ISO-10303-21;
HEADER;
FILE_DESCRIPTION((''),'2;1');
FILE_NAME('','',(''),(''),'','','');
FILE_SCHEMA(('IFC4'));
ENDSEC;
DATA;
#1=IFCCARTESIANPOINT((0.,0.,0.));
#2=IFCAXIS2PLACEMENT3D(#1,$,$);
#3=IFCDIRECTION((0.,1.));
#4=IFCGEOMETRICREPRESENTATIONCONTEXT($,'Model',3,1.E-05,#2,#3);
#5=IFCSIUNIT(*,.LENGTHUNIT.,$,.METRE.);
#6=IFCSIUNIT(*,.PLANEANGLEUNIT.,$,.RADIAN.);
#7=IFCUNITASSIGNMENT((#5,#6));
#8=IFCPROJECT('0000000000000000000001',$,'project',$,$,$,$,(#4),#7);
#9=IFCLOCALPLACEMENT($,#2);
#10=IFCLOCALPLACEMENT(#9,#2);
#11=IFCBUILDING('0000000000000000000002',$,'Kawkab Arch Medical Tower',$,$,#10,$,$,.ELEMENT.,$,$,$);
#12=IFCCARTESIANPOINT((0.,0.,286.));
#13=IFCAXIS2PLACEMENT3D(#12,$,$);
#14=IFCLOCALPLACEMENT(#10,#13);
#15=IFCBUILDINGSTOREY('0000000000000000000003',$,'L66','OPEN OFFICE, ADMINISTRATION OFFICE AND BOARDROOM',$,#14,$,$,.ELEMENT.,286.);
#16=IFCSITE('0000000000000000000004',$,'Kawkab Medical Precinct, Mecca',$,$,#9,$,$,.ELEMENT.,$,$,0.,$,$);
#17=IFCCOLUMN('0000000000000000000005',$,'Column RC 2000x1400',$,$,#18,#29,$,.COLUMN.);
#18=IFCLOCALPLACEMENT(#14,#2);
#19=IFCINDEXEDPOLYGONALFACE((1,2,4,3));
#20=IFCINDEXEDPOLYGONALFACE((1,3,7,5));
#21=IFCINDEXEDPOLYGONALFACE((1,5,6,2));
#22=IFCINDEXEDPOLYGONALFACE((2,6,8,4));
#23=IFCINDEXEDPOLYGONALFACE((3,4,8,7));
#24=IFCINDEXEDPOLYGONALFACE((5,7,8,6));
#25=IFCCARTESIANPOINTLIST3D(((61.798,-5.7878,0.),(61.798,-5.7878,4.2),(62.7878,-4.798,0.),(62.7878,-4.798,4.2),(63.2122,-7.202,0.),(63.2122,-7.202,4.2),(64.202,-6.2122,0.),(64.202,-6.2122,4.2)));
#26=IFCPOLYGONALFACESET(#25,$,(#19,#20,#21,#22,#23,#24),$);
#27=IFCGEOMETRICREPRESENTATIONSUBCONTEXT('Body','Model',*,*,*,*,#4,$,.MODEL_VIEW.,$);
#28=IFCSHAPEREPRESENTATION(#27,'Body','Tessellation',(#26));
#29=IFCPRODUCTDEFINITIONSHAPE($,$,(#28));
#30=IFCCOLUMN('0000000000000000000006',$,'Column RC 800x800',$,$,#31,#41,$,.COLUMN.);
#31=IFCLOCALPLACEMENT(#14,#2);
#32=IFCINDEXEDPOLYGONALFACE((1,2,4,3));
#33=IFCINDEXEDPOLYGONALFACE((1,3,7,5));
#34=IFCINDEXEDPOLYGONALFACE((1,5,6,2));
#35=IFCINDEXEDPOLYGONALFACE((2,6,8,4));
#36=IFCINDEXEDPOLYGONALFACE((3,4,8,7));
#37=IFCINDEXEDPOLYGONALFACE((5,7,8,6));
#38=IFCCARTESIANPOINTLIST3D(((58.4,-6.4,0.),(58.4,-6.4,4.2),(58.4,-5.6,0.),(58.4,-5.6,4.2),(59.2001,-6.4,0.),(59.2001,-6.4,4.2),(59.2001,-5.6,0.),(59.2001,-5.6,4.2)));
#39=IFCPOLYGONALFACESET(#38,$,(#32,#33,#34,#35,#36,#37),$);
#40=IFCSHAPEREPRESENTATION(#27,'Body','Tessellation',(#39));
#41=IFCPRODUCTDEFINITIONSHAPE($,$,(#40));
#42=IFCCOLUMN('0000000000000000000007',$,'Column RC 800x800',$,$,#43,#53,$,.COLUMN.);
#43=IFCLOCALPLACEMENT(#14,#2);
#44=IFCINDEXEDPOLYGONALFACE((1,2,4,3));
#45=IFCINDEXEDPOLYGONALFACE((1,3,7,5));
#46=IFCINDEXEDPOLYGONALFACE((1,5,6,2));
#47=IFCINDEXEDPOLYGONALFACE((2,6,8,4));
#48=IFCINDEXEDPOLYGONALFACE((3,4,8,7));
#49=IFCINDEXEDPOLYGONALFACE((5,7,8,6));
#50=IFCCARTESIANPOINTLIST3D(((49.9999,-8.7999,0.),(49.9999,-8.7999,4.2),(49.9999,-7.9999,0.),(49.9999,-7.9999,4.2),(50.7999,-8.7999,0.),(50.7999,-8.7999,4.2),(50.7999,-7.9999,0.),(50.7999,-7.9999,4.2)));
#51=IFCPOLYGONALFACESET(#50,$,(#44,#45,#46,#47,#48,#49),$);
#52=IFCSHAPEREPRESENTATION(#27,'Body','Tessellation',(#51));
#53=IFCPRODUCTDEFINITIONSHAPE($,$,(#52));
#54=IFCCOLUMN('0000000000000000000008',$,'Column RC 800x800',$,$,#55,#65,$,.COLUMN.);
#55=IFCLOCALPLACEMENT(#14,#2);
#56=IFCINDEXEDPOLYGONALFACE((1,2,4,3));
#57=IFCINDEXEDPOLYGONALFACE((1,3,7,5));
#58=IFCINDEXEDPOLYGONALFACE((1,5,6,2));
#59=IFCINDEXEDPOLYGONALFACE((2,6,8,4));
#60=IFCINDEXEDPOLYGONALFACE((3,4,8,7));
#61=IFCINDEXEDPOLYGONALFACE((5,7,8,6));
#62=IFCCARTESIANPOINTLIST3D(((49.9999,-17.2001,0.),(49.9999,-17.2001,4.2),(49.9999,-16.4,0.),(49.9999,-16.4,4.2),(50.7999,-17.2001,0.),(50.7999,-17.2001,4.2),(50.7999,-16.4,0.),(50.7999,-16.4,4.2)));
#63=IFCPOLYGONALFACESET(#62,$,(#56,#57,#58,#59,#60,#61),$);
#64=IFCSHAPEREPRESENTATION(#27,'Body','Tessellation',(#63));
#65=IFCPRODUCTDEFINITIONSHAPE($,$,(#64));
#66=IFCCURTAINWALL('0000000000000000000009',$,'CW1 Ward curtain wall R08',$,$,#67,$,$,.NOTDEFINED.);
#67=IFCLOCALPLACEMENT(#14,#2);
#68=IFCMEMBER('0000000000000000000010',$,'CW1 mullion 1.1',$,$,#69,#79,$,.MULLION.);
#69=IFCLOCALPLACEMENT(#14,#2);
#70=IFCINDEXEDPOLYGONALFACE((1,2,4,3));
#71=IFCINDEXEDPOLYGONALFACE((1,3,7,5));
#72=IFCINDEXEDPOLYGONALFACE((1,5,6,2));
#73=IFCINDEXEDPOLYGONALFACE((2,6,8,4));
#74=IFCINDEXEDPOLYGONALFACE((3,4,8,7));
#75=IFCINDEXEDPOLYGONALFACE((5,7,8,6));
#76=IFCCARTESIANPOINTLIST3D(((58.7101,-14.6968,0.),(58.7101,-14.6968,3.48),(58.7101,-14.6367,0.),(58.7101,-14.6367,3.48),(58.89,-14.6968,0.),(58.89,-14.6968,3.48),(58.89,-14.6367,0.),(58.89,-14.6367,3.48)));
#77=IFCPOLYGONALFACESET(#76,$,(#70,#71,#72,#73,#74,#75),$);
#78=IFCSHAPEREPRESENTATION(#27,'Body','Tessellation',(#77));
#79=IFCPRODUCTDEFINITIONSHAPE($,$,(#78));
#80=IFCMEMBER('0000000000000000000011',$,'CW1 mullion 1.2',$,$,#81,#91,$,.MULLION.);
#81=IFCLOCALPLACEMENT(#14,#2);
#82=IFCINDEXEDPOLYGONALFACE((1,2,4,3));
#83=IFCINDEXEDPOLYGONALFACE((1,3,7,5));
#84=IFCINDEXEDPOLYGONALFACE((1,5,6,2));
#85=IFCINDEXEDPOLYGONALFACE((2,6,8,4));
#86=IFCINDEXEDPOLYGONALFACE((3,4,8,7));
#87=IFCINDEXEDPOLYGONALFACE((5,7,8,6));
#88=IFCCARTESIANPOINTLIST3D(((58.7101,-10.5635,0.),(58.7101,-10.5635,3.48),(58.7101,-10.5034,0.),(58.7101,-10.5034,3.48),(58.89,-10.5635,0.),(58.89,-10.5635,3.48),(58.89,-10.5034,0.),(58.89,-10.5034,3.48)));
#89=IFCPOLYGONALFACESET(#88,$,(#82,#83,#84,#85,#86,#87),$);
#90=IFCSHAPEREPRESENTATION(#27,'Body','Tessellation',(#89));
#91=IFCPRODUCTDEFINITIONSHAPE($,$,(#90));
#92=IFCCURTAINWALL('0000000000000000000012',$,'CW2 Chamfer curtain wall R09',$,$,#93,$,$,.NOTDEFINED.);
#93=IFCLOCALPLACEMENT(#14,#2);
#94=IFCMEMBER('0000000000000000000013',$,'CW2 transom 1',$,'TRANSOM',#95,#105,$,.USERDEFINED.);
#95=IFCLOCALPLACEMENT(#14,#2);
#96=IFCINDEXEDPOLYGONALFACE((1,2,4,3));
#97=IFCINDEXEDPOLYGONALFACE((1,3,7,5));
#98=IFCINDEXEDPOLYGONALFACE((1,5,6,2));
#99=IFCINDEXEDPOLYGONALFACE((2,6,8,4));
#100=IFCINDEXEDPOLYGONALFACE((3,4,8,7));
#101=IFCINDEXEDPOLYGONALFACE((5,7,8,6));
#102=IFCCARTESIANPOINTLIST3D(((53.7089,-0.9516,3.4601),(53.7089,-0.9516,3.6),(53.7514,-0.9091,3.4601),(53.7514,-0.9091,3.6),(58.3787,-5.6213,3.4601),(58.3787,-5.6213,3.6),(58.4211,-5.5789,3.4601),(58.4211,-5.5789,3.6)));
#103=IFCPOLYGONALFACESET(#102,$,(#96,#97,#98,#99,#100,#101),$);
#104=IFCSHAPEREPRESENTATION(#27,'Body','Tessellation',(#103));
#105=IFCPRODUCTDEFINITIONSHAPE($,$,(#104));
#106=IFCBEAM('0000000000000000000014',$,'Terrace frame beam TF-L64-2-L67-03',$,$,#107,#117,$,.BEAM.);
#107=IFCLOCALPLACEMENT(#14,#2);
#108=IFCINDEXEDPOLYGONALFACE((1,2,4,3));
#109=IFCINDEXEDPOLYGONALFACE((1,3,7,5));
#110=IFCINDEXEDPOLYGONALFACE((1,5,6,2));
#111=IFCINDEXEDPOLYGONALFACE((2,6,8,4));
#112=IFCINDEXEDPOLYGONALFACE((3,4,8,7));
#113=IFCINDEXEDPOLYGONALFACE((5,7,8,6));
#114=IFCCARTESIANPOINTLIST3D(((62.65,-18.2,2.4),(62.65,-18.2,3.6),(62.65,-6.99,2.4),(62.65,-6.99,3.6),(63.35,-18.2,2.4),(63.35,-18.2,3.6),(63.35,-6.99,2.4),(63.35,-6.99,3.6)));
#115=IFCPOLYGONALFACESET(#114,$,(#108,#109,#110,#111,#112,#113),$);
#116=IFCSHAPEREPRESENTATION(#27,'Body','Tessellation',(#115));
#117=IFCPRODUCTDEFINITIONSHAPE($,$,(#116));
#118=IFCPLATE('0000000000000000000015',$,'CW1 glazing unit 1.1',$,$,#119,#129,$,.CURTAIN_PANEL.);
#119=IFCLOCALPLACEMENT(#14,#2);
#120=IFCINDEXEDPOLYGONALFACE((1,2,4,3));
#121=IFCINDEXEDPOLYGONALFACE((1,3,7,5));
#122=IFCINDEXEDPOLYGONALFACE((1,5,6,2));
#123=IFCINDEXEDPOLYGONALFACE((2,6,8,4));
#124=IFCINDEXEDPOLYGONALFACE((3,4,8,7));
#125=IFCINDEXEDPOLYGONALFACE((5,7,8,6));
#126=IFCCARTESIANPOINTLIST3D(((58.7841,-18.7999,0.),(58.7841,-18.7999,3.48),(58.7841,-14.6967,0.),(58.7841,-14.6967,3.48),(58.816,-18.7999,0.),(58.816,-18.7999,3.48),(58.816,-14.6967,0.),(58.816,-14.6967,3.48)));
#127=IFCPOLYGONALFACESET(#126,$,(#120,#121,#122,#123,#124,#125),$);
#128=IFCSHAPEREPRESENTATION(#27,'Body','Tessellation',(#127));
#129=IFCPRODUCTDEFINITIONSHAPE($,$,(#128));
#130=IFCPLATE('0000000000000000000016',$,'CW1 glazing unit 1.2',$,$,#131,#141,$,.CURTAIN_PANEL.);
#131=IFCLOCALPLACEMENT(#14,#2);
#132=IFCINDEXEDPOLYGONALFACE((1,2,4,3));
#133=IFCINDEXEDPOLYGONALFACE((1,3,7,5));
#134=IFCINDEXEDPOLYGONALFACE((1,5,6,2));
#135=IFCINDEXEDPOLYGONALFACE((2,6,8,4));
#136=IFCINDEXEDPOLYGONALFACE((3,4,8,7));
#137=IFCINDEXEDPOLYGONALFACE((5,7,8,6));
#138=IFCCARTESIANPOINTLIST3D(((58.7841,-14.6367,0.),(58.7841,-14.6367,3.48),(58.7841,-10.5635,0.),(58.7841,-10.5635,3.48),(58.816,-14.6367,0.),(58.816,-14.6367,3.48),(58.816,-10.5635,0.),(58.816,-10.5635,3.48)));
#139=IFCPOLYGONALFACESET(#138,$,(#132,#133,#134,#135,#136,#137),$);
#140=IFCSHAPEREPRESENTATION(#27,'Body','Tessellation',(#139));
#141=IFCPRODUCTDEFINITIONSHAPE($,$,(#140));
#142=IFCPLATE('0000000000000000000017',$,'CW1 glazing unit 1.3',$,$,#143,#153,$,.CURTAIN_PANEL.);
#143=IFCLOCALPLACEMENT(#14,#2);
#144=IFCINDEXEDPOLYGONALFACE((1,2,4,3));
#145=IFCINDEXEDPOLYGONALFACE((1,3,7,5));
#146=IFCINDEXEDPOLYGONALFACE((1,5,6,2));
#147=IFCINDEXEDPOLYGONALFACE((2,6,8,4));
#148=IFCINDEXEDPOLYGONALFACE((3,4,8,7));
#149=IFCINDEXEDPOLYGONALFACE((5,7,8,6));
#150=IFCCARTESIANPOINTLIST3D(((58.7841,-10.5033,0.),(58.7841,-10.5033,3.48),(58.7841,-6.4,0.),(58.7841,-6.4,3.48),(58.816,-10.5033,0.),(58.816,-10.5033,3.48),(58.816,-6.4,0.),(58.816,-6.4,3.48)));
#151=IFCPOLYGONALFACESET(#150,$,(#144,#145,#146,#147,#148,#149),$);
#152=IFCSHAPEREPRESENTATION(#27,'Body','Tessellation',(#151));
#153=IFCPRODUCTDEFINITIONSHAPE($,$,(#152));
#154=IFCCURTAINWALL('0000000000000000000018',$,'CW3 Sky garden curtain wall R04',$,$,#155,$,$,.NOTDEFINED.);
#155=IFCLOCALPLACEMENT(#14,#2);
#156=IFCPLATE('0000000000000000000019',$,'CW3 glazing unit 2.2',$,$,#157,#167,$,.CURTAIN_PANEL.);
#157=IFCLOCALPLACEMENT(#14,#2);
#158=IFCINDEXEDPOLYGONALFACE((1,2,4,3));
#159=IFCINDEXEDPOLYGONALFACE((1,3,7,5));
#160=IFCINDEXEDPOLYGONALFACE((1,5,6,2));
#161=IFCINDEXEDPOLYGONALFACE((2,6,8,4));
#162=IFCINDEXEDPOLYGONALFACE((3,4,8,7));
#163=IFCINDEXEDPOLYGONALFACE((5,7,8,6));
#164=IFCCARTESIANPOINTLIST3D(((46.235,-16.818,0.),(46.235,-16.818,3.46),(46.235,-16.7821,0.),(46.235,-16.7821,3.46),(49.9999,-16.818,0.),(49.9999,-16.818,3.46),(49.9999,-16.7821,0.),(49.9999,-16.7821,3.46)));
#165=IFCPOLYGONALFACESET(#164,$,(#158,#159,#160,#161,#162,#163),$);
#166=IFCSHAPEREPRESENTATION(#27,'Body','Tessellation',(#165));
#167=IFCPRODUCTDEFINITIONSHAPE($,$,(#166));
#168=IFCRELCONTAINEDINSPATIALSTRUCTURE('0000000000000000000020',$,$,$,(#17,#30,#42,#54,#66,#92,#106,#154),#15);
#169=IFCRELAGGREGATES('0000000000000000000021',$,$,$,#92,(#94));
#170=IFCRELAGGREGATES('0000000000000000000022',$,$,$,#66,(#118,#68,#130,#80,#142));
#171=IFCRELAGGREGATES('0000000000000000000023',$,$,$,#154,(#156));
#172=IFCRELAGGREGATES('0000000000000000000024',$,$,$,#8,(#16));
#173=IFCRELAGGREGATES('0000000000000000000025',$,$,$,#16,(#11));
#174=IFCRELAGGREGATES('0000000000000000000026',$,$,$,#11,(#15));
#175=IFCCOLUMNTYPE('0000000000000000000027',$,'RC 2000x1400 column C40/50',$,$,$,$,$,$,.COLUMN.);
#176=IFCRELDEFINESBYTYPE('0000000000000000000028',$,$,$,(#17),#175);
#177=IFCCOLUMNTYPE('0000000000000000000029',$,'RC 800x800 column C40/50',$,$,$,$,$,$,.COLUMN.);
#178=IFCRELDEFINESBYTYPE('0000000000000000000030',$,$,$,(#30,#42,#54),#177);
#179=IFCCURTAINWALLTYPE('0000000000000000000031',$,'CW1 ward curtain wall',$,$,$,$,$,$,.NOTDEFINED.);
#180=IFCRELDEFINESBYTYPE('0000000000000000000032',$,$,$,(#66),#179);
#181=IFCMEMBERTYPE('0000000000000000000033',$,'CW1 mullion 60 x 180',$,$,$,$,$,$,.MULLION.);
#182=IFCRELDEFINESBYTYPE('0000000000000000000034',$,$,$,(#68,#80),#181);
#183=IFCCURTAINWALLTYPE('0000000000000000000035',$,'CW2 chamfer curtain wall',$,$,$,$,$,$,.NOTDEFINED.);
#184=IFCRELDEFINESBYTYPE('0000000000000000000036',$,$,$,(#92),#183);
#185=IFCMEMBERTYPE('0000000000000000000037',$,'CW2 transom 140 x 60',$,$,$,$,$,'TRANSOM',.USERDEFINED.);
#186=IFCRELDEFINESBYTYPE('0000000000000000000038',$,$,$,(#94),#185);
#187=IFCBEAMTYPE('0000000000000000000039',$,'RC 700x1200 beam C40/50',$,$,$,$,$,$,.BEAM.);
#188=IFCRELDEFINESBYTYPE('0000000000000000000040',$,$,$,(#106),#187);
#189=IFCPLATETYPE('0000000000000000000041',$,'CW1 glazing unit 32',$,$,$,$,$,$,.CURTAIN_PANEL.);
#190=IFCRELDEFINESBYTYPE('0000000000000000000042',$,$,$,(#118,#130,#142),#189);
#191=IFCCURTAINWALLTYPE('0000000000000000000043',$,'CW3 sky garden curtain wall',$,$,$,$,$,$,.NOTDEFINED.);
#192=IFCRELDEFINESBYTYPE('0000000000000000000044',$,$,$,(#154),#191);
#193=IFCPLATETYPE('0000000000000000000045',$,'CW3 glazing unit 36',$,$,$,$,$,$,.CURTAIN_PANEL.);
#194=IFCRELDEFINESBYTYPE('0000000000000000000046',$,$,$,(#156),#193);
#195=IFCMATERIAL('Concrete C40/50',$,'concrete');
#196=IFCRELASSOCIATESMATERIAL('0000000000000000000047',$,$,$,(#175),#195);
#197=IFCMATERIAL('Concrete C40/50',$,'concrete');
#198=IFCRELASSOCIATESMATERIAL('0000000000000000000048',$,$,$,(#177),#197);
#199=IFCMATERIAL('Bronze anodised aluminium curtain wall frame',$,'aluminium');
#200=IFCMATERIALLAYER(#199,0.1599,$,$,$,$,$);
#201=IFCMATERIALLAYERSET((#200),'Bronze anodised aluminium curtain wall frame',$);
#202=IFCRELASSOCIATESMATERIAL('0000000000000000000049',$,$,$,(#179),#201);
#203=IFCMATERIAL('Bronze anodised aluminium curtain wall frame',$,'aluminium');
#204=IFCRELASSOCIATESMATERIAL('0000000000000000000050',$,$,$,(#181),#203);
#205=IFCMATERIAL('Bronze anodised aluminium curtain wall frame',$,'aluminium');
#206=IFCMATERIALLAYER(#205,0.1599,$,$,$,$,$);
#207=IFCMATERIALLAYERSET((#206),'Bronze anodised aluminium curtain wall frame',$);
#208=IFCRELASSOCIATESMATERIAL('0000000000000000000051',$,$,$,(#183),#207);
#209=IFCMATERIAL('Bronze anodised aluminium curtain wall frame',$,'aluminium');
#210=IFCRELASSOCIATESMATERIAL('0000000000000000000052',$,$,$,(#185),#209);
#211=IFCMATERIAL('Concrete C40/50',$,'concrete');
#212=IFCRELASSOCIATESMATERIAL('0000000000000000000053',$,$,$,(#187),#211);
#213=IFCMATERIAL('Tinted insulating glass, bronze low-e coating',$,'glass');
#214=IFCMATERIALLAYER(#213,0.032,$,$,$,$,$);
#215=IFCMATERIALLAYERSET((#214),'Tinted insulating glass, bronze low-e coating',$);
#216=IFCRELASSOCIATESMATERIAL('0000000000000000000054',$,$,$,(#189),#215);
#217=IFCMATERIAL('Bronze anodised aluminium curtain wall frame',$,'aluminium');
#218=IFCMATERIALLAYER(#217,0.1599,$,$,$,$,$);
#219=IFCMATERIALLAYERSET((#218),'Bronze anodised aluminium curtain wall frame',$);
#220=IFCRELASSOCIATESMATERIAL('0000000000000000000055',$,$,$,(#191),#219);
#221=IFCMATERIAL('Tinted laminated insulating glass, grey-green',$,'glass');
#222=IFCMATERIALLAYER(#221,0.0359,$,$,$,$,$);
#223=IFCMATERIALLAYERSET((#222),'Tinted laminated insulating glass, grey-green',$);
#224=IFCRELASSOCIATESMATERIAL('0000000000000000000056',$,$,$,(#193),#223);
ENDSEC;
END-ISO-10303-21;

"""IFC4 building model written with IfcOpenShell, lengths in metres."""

from ifc_helpers import new_model, si_unit, direction, frame, origin, origin_2d, place, context, subcontext, project, spatial, rectangle, extrude, material, layer, layer_set, material_profile, profile_set, type_object, element, aggregate, save


model = new_model("IFC4")

# Units and contexts
model_context = context("Model", 3, precision=1e-05, world=origin(), true_north=direction((0.0, 1.0)))
body_context = subcontext(model_context, "Body", "Model", "MODEL_VIEW")
ifc_project = project(units=[si_unit("LENGTHUNIT", "METRE"), si_unit("PLANEANGLEUNIT", "RADIAN")], contexts=[model_context])

# Site, building, storey
site_placement = place(None, origin())
site = spatial("IfcSite", under=ifc_project, at=site_placement, Name="Kawkab Medical Precinct, Mecca", CompositionType="ELEMENT", RefElevation=0.0)
building_placement = place(site_placement, origin())
building = spatial("IfcBuilding", under=site, at=building_placement, Name="Kawkab Arch Medical Tower", CompositionType="ELEMENT")
storey_placement = place(building_placement, frame((0.0, 0.0, 286.0)))
storey = spatial("IfcBuildingStorey", under=building, at=storey_placement, Name="L66", Description="OPEN OFFICE, ADMINISTRATION OFFICE AND BOARDROOM", CompositionType="ELEMENT", Elevation=286.0)

# Columns
ifc_material_1 = material(Name="Concrete C40/50", Category="concrete")
ifc_material_profile_1 = material_profile(ifc_material_1, rectangle(XDim=2.0, YDim=1.3999, at=origin_2d()), Name="RC 2000x1400")
ifc_profile_set_1 = profile_set([ifc_material_profile_1], Name="Concrete C40/50")
column_type_1 = type_object("IfcColumnType", Name="RC 2000x1400 column C40/50", PredefinedType="COLUMN", material=ifc_profile_set_1)
column_placement = place(storey_placement, frame((63.0, -6.0, 0.0), z_axis=(0.0, 0.0, 1.0), x_axis=(0.707107, -0.707107, 0.0)))
element("IfcColumn", 1, at=column_placement, inside=storey, type_object=column_type_1, Name="Column RC 2000x1400", PredefinedType="COLUMN", context=body_context, shape_type="SweptSolid", body=[
    extrude(rectangle(XDim=2.0, YDim=1.3999, at=origin_2d()), origin(), (0.0, 0.0, 1.0), 4.2),
])
ifc_material_2 = material(Name="Concrete C40/50", Category="concrete")
ifc_material_profile_2 = material_profile(ifc_material_2, rectangle(XDim=0.8, YDim=0.8, at=origin_2d()), Name="RC 800x800")
ifc_profile_set_2 = profile_set([ifc_material_profile_2], Name="Concrete C40/50")
column_type_2 = type_object("IfcColumnType", Name="RC 800x800 column C40/50", PredefinedType="COLUMN", material=ifc_profile_set_2)
for number, where, z_axis, x_axis, name in (
    (2, (58.8, -6.0, 0.0), (0.0, 0.0, 1.0), (1.0, 0.0, 0.0), "Column RC 800x800"),
    (3, (50.3999, -8.3999, 0.0), (0.0, 0.0, 1.0), (1.0, 0.0, 0.0), "Column RC 800x800"),
    (4, (50.3999, -16.8, 0.0), (0.0, 0.0, 1.0), (1.0, 0.0, 0.0), "Column RC 800x800"),
):
    element("IfcColumn", number, at=place(storey_placement, frame(where, z_axis=z_axis, x_axis=x_axis)), inside=storey, type_object=column_type_2, Name=name, PredefinedType="COLUMN", context=body_context, shape_type="SweptSolid", body=[
        extrude(rectangle(XDim=0.8, YDim=0.8, at=origin_2d()), origin(), (0.0, 0.0, 1.0), 4.2),
    ])

# Curtain wall, members
ifc_material_3 = material(Name="Bronze anodised aluminium curtain wall frame", Category="aluminium")
ifc_layer_1 = layer(ifc_material_3, 0.1599)
ifc_layer_set_1 = layer_set([ifc_layer_1], Name="Bronze anodised aluminium curtain wall frame")
curtain_wall_type_1 = type_object("IfcCurtainWallType", Name="CW1 ward curtain wall", PredefinedType="NOTDEFINED", material=ifc_layer_set_1)
placement = place(storey_placement, origin())
curtain_wall_1 = element("IfcCurtainWall", 5, at=placement, inside=storey, type_object=curtain_wall_type_1, Name="CW1 Ward curtain wall R08", PredefinedType="NOTDEFINED")
ifc_material_4 = material(Name="Bronze anodised aluminium curtain wall frame", Category="aluminium")
ifc_material_profile_3 = material_profile(ifc_material_4, rectangle(XDim=0.1799, YDim=0.0601, at=origin_2d()), Name="AL 60x180")
ifc_profile_set_3 = profile_set([ifc_material_profile_3], Name="Bronze anodised aluminium curtain wall frame")
member_type_1 = type_object("IfcMemberType", Name="CW1 mullion 60 x 180", PredefinedType="MULLION", material=ifc_profile_set_3)
member_1_placement = place(storey_placement, frame((58.8, -14.6667, 0.0), z_axis=(0.0, 0.0, 1.0), x_axis=(-1.0, 0.0, 0.0)))
member_1 = element("IfcMember", 6, at=member_1_placement, type_object=member_type_1, Name="CW1 mullion 1.1", PredefinedType="MULLION", context=body_context, shape_type="SweptSolid", body=[
    extrude(rectangle(XDim=0.1799, YDim=0.0601, at=origin_2d()), origin(), (0.0, 0.0, 1.0), 3.48),
])
member_2_placement = place(storey_placement, frame((58.8, -10.5334, 0.0), z_axis=(0.0, 0.0, 1.0), x_axis=(-1.0, 0.0, 0.0)))
member_2 = element("IfcMember", 7, at=member_2_placement, type_object=member_type_1, Name="CW1 mullion 1.2", PredefinedType="MULLION", context=body_context, shape_type="SweptSolid", body=[
    extrude(rectangle(XDim=0.1799, YDim=0.0601, at=origin_2d()), origin(), (0.0, 0.0, 1.0), 3.48),
])

# Curtain wall, member
ifc_material_5 = material(Name="Bronze anodised aluminium curtain wall frame", Category="aluminium")
ifc_layer_2 = layer(ifc_material_5, 0.1599)
ifc_layer_set_2 = layer_set([ifc_layer_2], Name="Bronze anodised aluminium curtain wall frame")
curtain_wall_type_2 = type_object("IfcCurtainWallType", Name="CW2 chamfer curtain wall", PredefinedType="NOTDEFINED", material=ifc_layer_set_2)
curtain_wall_2 = element("IfcCurtainWall", 8, at=placement, inside=storey, type_object=curtain_wall_type_2, Name="CW2 Chamfer curtain wall R09", PredefinedType="NOTDEFINED")
ifc_material_6 = material(Name="Bronze anodised aluminium curtain wall frame", Category="aluminium")
ifc_material_profile_4 = material_profile(ifc_material_6, rectangle(XDim=0.0601, YDim=0.1399, at=origin_2d()), Name="AL 60x140")
ifc_profile_set_4 = profile_set([ifc_material_profile_4], Name="Bronze anodised aluminium curtain wall frame")
member_type_2 = type_object("IfcMemberType", Name="CW2 transom 140 x 60", ElementType="TRANSOM", PredefinedType="USERDEFINED", material=ifc_profile_set_4)
member_3_placement = place(storey_placement, frame((58.3999, -5.6001, 3.53), z_axis=(-0.707107, 0.707107, 0.0), x_axis=(-0.707107, -0.707107, 0.0)))
member_3 = element("IfcMember", 9, at=member_3_placement, type_object=member_type_2, Name="CW2 transom 1", ObjectType="TRANSOM", PredefinedType="USERDEFINED", context=body_context, shape_type="SweptSolid", body=[
    extrude(rectangle(XDim=0.0601, YDim=0.1399, at=origin_2d()), origin(), (0.0, 0.0, 1.0), 6.604),
])
aggregate(curtain_wall_2, [member_3])

# Beam
ifc_material_7 = material(Name="Concrete C40/50", Category="concrete")
ifc_material_profile_5 = material_profile(ifc_material_7, rectangle(XDim=0.7, YDim=1.2, at=origin_2d()), Name="RC 700x1200")
ifc_profile_set_5 = profile_set([ifc_material_profile_5], Name="Concrete C40/50")
beam_type = type_object("IfcBeamType", Name="RC 700x1200 beam C40/50", PredefinedType="BEAM", material=ifc_profile_set_5)
beam_placement = place(storey_placement, frame((63.0, -6.99, 3.0), z_axis=(0.0, -1.0, 0.0), x_axis=(1.0, 0.0, 0.0)))
element("IfcBeam", 10, at=beam_placement, inside=storey, type_object=beam_type, Name="Terrace frame beam TF-L64-2-L67-03", PredefinedType="BEAM", context=body_context, shape_type="SweptSolid", body=[
    extrude(rectangle(XDim=0.7, YDim=1.2, at=origin_2d()), origin(), (0.0, 0.0, 1.0), 11.21),
])

# Plates
ifc_material_8 = material(Name="Tinted insulating glass, bronze low-e coating", Category="glass")
ifc_layer_3 = layer(ifc_material_8, 0.032)
ifc_layer_set_3 = layer_set([ifc_layer_3], Name="Tinted insulating glass, bronze low-e coating")
plate_type_1 = type_object("IfcPlateType", Name="CW1 glazing unit 32", PredefinedType="CURTAIN_PANEL", material=ifc_layer_set_3)
plate_1_placement = place(storey_placement, frame((58.8, -16.7483, 0.0), z_axis=(0.0, 0.0, 1.0), x_axis=(0.0, 1.0, 0.0)))
plate_1 = element("IfcPlate", 11, at=plate_1_placement, type_object=plate_type_1, Name="CW1 glazing unit 1.1", PredefinedType="CURTAIN_PANEL", context=body_context, shape_type="SweptSolid", body=[
    extrude(rectangle(XDim=4.1033, YDim=0.032, at=origin_2d()), origin(), (0.0, 0.0, 1.0), 3.48),
])
plate_2_placement = place(storey_placement, frame((58.8, -12.6001, 0.0), z_axis=(0.0, 0.0, 1.0), x_axis=(0.0, 1.0, 0.0)))
plate_2 = element("IfcPlate", 12, at=plate_2_placement, type_object=plate_type_1, Name="CW1 glazing unit 1.2", PredefinedType="CURTAIN_PANEL", context=body_context, shape_type="SweptSolid", body=[
    extrude(rectangle(XDim=4.0732, YDim=0.032, at=origin_2d()), origin(), (0.0, 0.0, 1.0), 3.48),
])
plate_3_placement = place(storey_placement, frame((58.8, -8.4517, 0.0), z_axis=(0.0, 0.0, 1.0), x_axis=(0.0, 1.0, 0.0)))
plate_3 = element("IfcPlate", 13, at=plate_3_placement, type_object=plate_type_1, Name="CW1 glazing unit 1.3", PredefinedType="CURTAIN_PANEL", context=body_context, shape_type="SweptSolid", body=[
    extrude(rectangle(XDim=4.1033, YDim=0.032, at=origin_2d()), origin(), (0.0, 0.0, 1.0), 3.48),
])
aggregate(curtain_wall_1, [plate_1, member_1, plate_2, member_2, plate_3])

# Curtain wall, plate
ifc_material_9 = material(Name="Bronze anodised aluminium curtain wall frame", Category="aluminium")
ifc_layer_4 = layer(ifc_material_9, 0.1599)
ifc_layer_set_4 = layer_set([ifc_layer_4], Name="Bronze anodised aluminium curtain wall frame")
curtain_wall_type_3 = type_object("IfcCurtainWallType", Name="CW3 sky garden curtain wall", PredefinedType="NOTDEFINED", material=ifc_layer_set_4)
curtain_wall_3 = element("IfcCurtainWall", 14, at=placement, inside=storey, type_object=curtain_wall_type_3, Name="CW3 Sky garden curtain wall R04", PredefinedType="NOTDEFINED")
ifc_material_10 = material(Name="Tinted laminated insulating glass, grey-green", Category="glass")
ifc_layer_5 = layer(ifc_material_10, 0.0359)
ifc_layer_set_5 = layer_set([ifc_layer_5], Name="Tinted laminated insulating glass, grey-green")
plate_type_2 = type_object("IfcPlateType", Name="CW3 glazing unit 36", PredefinedType="CURTAIN_PANEL", material=ifc_layer_set_5)
plate_4_placement = place(storey_placement, frame((48.1174, -16.8, 0.0), z_axis=(0.0, 0.0, 1.0), x_axis=(1.0, 0.0, 0.0)))
plate_4 = element("IfcPlate", 15, at=plate_4_placement, type_object=plate_type_2, Name="CW3 glazing unit 2.2", PredefinedType="CURTAIN_PANEL", context=body_context, shape_type="SweptSolid", body=[
    extrude(rectangle(XDim=3.7649, YDim=0.0359, at=origin_2d()), origin(), (0.0, 0.0, 1.0), 3.46),
])
aggregate(curtain_wall_3, [plate_4])

save(model, "model.ifc")
